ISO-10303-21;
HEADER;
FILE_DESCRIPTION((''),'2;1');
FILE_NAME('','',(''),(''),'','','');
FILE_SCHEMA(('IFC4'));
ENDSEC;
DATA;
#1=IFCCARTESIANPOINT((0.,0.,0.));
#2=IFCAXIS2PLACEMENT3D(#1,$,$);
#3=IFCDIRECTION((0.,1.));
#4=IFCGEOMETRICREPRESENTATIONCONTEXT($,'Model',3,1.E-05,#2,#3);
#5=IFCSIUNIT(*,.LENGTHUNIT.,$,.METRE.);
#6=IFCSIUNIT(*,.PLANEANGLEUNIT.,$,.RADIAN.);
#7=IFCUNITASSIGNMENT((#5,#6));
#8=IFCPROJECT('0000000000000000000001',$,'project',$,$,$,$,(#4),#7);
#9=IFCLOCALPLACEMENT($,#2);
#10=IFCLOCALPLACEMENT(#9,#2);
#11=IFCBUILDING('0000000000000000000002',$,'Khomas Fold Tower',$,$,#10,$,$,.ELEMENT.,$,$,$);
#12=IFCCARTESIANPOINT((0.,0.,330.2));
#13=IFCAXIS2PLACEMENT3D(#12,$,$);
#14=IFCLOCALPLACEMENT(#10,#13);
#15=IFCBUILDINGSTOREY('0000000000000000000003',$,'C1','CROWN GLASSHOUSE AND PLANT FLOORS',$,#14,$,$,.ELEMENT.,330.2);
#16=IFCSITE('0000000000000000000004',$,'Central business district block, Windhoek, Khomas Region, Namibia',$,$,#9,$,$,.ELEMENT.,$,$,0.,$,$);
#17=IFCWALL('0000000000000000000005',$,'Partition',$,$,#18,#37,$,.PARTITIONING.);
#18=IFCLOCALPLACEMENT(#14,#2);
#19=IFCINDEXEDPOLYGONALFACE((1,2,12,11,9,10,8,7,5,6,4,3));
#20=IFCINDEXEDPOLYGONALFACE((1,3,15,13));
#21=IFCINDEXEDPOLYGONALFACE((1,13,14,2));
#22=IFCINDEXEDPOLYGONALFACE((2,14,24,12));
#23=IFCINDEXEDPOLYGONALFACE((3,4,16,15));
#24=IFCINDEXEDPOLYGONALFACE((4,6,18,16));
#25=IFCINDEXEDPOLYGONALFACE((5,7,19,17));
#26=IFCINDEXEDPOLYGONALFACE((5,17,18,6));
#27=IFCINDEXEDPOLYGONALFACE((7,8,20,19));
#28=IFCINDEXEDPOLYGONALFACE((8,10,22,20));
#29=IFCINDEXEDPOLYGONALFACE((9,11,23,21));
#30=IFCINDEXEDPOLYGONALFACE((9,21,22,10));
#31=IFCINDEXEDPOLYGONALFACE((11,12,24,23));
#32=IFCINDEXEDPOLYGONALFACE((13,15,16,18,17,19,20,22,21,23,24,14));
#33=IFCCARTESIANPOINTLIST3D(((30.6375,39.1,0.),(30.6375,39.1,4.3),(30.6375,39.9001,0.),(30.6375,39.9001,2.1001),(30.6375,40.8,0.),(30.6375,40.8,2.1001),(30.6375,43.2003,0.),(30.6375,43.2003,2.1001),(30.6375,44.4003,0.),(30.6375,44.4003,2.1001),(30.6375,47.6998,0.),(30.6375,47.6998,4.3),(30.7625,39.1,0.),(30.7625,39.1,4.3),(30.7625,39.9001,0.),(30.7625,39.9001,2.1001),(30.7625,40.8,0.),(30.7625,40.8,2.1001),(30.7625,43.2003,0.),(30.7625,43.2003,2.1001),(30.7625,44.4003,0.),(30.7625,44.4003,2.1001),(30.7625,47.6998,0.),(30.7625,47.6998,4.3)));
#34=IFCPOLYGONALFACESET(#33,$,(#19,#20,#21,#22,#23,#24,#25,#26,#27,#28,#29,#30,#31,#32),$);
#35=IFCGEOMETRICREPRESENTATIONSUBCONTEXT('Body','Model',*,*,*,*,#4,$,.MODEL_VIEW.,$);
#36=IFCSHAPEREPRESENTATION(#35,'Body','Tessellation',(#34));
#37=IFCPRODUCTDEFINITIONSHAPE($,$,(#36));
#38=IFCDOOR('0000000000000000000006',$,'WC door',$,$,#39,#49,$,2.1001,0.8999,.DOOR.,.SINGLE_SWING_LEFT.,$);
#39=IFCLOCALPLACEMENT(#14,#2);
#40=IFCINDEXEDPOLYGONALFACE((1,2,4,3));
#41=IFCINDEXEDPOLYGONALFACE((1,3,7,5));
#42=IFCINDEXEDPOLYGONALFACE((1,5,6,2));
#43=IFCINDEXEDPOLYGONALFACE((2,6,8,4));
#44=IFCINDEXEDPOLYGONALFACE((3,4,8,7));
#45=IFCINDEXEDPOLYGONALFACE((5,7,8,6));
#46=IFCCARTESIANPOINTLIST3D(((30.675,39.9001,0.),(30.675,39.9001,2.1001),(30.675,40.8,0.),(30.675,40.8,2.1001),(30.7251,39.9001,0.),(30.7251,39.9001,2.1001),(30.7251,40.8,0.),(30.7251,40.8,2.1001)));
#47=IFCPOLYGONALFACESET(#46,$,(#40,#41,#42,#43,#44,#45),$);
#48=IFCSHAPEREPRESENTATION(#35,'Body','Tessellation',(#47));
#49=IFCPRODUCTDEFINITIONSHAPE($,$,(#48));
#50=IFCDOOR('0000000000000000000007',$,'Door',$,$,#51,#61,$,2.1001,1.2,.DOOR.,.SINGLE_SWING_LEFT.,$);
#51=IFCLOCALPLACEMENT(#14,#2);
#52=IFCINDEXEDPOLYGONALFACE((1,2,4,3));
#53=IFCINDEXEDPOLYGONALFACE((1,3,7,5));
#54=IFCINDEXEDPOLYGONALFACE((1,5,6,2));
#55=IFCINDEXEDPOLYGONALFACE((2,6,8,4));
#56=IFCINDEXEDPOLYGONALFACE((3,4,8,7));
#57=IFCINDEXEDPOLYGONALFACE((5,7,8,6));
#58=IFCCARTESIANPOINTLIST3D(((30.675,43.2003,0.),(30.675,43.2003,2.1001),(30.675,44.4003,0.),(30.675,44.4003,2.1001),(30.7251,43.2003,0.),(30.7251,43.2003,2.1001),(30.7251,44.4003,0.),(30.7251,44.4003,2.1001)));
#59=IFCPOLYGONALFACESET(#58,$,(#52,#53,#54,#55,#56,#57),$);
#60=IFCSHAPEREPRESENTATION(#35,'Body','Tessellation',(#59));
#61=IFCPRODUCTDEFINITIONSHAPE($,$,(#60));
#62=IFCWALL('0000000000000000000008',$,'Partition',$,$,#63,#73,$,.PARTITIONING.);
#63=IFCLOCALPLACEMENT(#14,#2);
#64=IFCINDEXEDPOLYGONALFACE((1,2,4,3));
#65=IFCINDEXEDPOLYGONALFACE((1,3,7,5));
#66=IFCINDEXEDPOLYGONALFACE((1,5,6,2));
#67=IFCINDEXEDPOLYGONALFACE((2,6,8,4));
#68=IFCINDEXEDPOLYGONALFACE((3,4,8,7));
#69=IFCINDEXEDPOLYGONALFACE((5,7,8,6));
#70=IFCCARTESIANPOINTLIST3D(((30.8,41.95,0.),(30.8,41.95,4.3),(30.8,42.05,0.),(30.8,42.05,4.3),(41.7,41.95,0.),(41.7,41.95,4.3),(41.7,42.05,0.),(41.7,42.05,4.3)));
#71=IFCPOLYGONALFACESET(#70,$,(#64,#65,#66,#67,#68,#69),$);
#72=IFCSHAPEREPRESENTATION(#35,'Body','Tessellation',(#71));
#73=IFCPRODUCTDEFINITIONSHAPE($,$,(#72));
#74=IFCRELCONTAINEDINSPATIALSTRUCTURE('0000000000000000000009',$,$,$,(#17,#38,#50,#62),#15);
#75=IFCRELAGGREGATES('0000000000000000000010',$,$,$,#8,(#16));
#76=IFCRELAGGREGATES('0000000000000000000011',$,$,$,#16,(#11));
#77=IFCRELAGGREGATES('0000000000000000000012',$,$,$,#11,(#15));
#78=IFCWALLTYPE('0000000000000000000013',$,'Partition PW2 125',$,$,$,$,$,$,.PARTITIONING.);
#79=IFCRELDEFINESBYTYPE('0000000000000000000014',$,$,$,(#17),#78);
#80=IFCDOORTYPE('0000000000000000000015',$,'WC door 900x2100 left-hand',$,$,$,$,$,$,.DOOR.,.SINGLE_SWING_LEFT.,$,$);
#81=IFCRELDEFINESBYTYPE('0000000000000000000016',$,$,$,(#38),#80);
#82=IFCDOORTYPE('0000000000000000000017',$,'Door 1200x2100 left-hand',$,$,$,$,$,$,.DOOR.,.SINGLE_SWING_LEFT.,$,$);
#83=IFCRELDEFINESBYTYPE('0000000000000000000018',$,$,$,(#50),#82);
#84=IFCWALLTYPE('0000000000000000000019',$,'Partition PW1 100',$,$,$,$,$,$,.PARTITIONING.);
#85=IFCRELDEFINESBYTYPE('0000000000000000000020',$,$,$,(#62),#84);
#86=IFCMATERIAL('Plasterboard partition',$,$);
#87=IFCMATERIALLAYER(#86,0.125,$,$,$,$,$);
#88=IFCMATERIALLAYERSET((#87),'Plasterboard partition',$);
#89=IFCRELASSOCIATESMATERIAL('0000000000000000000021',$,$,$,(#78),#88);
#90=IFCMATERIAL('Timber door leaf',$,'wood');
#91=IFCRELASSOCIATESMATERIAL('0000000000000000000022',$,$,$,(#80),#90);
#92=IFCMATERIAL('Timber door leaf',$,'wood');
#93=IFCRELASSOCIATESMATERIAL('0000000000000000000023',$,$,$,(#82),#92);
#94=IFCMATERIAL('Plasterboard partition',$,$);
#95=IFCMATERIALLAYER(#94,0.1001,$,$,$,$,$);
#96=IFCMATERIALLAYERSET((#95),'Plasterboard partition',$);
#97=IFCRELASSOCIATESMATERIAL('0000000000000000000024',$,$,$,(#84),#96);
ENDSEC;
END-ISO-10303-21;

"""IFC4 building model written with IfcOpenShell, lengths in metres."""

from ifc_helpers import new_model, si_unit, direction, frame, frame_2d, origin, place, context, subcontext, project, spatial, rectangle, extrude, source, transform, mapped, material, layer, layer_set, type_object, element, fill, save


model = new_model("IFC4")

# Units and contexts
model_context = context("Model", 3, precision=1e-05, world=origin(), true_north=direction((0.0, 1.0)))
body_context = subcontext(model_context, "Body", "Model", "MODEL_VIEW")
ifc_project = project(units=[si_unit("LENGTHUNIT", "METRE"), si_unit("PLANEANGLEUNIT", "RADIAN")], contexts=[model_context])

# Site, building, storey
site_placement = place(None, origin())
site = spatial("IfcSite", under=ifc_project, at=site_placement, Name="Central business district block, Windhoek, Khomas Region, Namibia", CompositionType="ELEMENT", RefElevation=0.0)
building_placement = place(site_placement, origin())
building = spatial("IfcBuilding", under=site, at=building_placement, Name="Khomas Fold Tower", CompositionType="ELEMENT")
storey_placement = place(building_placement, frame((0.0, 0.0, 330.2)))
storey = spatial("IfcBuildingStorey", under=building, at=storey_placement, Name="C1", Description="CROWN GLASSHOUSE AND PLANT FLOORS", CompositionType="ELEMENT", Elevation=330.2)

# Wall, openings, doors
ifc_material_1 = material(Name="Plasterboard partition")
ifc_layer_1 = layer(ifc_material_1, 0.125)
ifc_layer_set_1 = layer_set([ifc_layer_1], Name="Plasterboard partition")
wall_type_1 = type_object("IfcWallType", Name="Partition PW2 125", PredefinedType="PARTITIONING", material=ifc_layer_set_1)
shared_shape_1 = source(origin(), body_context, "Body", "SweptSolid", [
    extrude(rectangle(XDim=8.5999, YDim=0.125, at=frame_2d((4.2998, 0.0))), origin(), (0.0, 0.0, 1.0), 4.3),
])
wall_1_placement = place(storey_placement, frame((30.7, 39.1001, 0.0), z_axis=(0.0, 0.0, 1.0), x_axis=(0.0, 1.0, 0.0)))
wall_1 = element("IfcWall", 1, at=wall_1_placement, inside=storey, type_object=wall_type_1, Name="Partition", PredefinedType="PARTITIONING", context=body_context, shape_type="MappedRepresentation", body=[
    mapped(shared_shape_1, transform((0.0, 0.0, 0.0))),
])
shared_shape_2 = source(origin(), body_context, "Body", "SweptSolid", [
    extrude(rectangle(XDim=0.8999, YDim=2.1001, at=frame_2d((0.45, 1.05))), frame((0.0, 0.0725, 0.0), z_axis=(0.0, -1.0, 0.0), x_axis=(1.0, 0.0, 0.0)), (0.0, 0.0, 1.0), 0.145),
])
opening_1_placement = place(wall_1_placement, frame((0.8, 0.0, 0.0)))
opening_1 = element("IfcOpeningElement", 2, at=opening_1_placement, cuts=wall_1, PredefinedType="OPENING", context=body_context, shape_type="MappedRepresentation", body=[
    mapped(shared_shape_2, transform((0.0, 0.0, 0.0))),
])
shared_shape_3 = source(origin(), body_context, "Body", "SweptSolid", [
    extrude(rectangle(XDim=1.2, YDim=2.1001, at=frame_2d((0.6001, 1.05))), frame((0.0, 0.0725, 0.0), z_axis=(0.0, -1.0, 0.0), x_axis=(1.0, 0.0, 0.0)), (0.0, 0.0, 1.0), 0.145),
])
opening_2_placement = place(wall_1_placement, frame((4.1001, 0.0, 0.0)))
opening_2 = element("IfcOpeningElement", 3, at=opening_2_placement, cuts=wall_1, PredefinedType="OPENING", context=body_context, shape_type="MappedRepresentation", body=[
    mapped(shared_shape_3, transform((0.0, 0.0, 0.0))),
])
ifc_material_2 = material(Name="Timber door leaf", Category="wood")
door_type_1 = type_object("IfcDoorType", Name="WC door 900x2100 left-hand", OperationType="SINGLE_SWING_LEFT", PredefinedType="DOOR", material=ifc_material_2)
shared_shape_4 = source(origin(), body_context, "Body", "SweptSolid", [
    extrude(rectangle(XDim=0.8999, YDim=2.1001, at=frame_2d((0.45, 1.05))), frame((0.0, 0.0249, 0.0), z_axis=(0.0, -1.0, 0.0), x_axis=(1.0, 0.0, 0.0)), (0.0, 0.0, 1.0), 0.05),
])
door_1_placement = place(opening_1_placement, origin())
door_1 = element("IfcDoor", 4, at=door_1_placement, inside=storey, type_object=door_type_1, Name="WC door", OperationType="SINGLE_SWING_LEFT", OverallHeight=2.1001, OverallWidth=0.8999, PredefinedType="DOOR", context=body_context, shape_type="MappedRepresentation", body=[
    mapped(shared_shape_4, transform((0.0, 0.0, 0.0))),
])
fill(opening_1, door_1)
ifc_material_3 = material(Name="Timber door leaf", Category="wood")
door_type_2 = type_object("IfcDoorType", Name="Door 1200x2100 left-hand", OperationType="SINGLE_SWING_LEFT", PredefinedType="DOOR", material=ifc_material_3)
shared_shape_5 = source(origin(), body_context, "Body", "SweptSolid", [
    extrude(rectangle(XDim=1.2, YDim=2.1001, at=frame_2d((0.6001, 1.05))), frame((0.0, 0.0249, 0.0), z_axis=(0.0, -1.0, 0.0), x_axis=(1.0, 0.0, 0.0)), (0.0, 0.0, 1.0), 0.05),
])
door_2_placement = place(opening_2_placement, origin())
door_2 = element("IfcDoor", 5, at=door_2_placement, inside=storey, type_object=door_type_2, Name="Door", OperationType="SINGLE_SWING_LEFT", OverallHeight=2.1001, OverallWidth=1.2, PredefinedType="DOOR", context=body_context, shape_type="MappedRepresentation", body=[
    mapped(shared_shape_5, transform((0.0, 0.0, 0.0))),
])
fill(opening_2, door_2)

# Wall
ifc_material_4 = material(Name="Plasterboard partition")
ifc_layer_2 = layer(ifc_material_4, 0.1001)
ifc_layer_set_2 = layer_set([ifc_layer_2], Name="Plasterboard partition")
wall_type_2 = type_object("IfcWallType", Name="Partition PW1 100", PredefinedType="PARTITIONING", material=ifc_layer_set_2)
shared_shape_6 = source(origin(), body_context, "Body", "SweptSolid", [
    extrude(rectangle(XDim=10.8999, YDim=0.1001, at=frame_2d((5.45, 0.0))), origin(), (0.0, 0.0, 1.0), 4.3),
])
wall_2_placement = place(storey_placement, frame((30.8, 42.0, 0.0), z_axis=(0.0, 0.0, 1.0), x_axis=(1.0, 0.0, 0.0)))
element("IfcWall", 6, at=wall_2_placement, inside=storey, type_object=wall_type_2, Name="Partition", PredefinedType="PARTITIONING", context=body_context, shape_type="MappedRepresentation", body=[
    mapped(shared_shape_6, transform((0.0, 0.0, 0.0))),
])

save(model, "model.ifc")
